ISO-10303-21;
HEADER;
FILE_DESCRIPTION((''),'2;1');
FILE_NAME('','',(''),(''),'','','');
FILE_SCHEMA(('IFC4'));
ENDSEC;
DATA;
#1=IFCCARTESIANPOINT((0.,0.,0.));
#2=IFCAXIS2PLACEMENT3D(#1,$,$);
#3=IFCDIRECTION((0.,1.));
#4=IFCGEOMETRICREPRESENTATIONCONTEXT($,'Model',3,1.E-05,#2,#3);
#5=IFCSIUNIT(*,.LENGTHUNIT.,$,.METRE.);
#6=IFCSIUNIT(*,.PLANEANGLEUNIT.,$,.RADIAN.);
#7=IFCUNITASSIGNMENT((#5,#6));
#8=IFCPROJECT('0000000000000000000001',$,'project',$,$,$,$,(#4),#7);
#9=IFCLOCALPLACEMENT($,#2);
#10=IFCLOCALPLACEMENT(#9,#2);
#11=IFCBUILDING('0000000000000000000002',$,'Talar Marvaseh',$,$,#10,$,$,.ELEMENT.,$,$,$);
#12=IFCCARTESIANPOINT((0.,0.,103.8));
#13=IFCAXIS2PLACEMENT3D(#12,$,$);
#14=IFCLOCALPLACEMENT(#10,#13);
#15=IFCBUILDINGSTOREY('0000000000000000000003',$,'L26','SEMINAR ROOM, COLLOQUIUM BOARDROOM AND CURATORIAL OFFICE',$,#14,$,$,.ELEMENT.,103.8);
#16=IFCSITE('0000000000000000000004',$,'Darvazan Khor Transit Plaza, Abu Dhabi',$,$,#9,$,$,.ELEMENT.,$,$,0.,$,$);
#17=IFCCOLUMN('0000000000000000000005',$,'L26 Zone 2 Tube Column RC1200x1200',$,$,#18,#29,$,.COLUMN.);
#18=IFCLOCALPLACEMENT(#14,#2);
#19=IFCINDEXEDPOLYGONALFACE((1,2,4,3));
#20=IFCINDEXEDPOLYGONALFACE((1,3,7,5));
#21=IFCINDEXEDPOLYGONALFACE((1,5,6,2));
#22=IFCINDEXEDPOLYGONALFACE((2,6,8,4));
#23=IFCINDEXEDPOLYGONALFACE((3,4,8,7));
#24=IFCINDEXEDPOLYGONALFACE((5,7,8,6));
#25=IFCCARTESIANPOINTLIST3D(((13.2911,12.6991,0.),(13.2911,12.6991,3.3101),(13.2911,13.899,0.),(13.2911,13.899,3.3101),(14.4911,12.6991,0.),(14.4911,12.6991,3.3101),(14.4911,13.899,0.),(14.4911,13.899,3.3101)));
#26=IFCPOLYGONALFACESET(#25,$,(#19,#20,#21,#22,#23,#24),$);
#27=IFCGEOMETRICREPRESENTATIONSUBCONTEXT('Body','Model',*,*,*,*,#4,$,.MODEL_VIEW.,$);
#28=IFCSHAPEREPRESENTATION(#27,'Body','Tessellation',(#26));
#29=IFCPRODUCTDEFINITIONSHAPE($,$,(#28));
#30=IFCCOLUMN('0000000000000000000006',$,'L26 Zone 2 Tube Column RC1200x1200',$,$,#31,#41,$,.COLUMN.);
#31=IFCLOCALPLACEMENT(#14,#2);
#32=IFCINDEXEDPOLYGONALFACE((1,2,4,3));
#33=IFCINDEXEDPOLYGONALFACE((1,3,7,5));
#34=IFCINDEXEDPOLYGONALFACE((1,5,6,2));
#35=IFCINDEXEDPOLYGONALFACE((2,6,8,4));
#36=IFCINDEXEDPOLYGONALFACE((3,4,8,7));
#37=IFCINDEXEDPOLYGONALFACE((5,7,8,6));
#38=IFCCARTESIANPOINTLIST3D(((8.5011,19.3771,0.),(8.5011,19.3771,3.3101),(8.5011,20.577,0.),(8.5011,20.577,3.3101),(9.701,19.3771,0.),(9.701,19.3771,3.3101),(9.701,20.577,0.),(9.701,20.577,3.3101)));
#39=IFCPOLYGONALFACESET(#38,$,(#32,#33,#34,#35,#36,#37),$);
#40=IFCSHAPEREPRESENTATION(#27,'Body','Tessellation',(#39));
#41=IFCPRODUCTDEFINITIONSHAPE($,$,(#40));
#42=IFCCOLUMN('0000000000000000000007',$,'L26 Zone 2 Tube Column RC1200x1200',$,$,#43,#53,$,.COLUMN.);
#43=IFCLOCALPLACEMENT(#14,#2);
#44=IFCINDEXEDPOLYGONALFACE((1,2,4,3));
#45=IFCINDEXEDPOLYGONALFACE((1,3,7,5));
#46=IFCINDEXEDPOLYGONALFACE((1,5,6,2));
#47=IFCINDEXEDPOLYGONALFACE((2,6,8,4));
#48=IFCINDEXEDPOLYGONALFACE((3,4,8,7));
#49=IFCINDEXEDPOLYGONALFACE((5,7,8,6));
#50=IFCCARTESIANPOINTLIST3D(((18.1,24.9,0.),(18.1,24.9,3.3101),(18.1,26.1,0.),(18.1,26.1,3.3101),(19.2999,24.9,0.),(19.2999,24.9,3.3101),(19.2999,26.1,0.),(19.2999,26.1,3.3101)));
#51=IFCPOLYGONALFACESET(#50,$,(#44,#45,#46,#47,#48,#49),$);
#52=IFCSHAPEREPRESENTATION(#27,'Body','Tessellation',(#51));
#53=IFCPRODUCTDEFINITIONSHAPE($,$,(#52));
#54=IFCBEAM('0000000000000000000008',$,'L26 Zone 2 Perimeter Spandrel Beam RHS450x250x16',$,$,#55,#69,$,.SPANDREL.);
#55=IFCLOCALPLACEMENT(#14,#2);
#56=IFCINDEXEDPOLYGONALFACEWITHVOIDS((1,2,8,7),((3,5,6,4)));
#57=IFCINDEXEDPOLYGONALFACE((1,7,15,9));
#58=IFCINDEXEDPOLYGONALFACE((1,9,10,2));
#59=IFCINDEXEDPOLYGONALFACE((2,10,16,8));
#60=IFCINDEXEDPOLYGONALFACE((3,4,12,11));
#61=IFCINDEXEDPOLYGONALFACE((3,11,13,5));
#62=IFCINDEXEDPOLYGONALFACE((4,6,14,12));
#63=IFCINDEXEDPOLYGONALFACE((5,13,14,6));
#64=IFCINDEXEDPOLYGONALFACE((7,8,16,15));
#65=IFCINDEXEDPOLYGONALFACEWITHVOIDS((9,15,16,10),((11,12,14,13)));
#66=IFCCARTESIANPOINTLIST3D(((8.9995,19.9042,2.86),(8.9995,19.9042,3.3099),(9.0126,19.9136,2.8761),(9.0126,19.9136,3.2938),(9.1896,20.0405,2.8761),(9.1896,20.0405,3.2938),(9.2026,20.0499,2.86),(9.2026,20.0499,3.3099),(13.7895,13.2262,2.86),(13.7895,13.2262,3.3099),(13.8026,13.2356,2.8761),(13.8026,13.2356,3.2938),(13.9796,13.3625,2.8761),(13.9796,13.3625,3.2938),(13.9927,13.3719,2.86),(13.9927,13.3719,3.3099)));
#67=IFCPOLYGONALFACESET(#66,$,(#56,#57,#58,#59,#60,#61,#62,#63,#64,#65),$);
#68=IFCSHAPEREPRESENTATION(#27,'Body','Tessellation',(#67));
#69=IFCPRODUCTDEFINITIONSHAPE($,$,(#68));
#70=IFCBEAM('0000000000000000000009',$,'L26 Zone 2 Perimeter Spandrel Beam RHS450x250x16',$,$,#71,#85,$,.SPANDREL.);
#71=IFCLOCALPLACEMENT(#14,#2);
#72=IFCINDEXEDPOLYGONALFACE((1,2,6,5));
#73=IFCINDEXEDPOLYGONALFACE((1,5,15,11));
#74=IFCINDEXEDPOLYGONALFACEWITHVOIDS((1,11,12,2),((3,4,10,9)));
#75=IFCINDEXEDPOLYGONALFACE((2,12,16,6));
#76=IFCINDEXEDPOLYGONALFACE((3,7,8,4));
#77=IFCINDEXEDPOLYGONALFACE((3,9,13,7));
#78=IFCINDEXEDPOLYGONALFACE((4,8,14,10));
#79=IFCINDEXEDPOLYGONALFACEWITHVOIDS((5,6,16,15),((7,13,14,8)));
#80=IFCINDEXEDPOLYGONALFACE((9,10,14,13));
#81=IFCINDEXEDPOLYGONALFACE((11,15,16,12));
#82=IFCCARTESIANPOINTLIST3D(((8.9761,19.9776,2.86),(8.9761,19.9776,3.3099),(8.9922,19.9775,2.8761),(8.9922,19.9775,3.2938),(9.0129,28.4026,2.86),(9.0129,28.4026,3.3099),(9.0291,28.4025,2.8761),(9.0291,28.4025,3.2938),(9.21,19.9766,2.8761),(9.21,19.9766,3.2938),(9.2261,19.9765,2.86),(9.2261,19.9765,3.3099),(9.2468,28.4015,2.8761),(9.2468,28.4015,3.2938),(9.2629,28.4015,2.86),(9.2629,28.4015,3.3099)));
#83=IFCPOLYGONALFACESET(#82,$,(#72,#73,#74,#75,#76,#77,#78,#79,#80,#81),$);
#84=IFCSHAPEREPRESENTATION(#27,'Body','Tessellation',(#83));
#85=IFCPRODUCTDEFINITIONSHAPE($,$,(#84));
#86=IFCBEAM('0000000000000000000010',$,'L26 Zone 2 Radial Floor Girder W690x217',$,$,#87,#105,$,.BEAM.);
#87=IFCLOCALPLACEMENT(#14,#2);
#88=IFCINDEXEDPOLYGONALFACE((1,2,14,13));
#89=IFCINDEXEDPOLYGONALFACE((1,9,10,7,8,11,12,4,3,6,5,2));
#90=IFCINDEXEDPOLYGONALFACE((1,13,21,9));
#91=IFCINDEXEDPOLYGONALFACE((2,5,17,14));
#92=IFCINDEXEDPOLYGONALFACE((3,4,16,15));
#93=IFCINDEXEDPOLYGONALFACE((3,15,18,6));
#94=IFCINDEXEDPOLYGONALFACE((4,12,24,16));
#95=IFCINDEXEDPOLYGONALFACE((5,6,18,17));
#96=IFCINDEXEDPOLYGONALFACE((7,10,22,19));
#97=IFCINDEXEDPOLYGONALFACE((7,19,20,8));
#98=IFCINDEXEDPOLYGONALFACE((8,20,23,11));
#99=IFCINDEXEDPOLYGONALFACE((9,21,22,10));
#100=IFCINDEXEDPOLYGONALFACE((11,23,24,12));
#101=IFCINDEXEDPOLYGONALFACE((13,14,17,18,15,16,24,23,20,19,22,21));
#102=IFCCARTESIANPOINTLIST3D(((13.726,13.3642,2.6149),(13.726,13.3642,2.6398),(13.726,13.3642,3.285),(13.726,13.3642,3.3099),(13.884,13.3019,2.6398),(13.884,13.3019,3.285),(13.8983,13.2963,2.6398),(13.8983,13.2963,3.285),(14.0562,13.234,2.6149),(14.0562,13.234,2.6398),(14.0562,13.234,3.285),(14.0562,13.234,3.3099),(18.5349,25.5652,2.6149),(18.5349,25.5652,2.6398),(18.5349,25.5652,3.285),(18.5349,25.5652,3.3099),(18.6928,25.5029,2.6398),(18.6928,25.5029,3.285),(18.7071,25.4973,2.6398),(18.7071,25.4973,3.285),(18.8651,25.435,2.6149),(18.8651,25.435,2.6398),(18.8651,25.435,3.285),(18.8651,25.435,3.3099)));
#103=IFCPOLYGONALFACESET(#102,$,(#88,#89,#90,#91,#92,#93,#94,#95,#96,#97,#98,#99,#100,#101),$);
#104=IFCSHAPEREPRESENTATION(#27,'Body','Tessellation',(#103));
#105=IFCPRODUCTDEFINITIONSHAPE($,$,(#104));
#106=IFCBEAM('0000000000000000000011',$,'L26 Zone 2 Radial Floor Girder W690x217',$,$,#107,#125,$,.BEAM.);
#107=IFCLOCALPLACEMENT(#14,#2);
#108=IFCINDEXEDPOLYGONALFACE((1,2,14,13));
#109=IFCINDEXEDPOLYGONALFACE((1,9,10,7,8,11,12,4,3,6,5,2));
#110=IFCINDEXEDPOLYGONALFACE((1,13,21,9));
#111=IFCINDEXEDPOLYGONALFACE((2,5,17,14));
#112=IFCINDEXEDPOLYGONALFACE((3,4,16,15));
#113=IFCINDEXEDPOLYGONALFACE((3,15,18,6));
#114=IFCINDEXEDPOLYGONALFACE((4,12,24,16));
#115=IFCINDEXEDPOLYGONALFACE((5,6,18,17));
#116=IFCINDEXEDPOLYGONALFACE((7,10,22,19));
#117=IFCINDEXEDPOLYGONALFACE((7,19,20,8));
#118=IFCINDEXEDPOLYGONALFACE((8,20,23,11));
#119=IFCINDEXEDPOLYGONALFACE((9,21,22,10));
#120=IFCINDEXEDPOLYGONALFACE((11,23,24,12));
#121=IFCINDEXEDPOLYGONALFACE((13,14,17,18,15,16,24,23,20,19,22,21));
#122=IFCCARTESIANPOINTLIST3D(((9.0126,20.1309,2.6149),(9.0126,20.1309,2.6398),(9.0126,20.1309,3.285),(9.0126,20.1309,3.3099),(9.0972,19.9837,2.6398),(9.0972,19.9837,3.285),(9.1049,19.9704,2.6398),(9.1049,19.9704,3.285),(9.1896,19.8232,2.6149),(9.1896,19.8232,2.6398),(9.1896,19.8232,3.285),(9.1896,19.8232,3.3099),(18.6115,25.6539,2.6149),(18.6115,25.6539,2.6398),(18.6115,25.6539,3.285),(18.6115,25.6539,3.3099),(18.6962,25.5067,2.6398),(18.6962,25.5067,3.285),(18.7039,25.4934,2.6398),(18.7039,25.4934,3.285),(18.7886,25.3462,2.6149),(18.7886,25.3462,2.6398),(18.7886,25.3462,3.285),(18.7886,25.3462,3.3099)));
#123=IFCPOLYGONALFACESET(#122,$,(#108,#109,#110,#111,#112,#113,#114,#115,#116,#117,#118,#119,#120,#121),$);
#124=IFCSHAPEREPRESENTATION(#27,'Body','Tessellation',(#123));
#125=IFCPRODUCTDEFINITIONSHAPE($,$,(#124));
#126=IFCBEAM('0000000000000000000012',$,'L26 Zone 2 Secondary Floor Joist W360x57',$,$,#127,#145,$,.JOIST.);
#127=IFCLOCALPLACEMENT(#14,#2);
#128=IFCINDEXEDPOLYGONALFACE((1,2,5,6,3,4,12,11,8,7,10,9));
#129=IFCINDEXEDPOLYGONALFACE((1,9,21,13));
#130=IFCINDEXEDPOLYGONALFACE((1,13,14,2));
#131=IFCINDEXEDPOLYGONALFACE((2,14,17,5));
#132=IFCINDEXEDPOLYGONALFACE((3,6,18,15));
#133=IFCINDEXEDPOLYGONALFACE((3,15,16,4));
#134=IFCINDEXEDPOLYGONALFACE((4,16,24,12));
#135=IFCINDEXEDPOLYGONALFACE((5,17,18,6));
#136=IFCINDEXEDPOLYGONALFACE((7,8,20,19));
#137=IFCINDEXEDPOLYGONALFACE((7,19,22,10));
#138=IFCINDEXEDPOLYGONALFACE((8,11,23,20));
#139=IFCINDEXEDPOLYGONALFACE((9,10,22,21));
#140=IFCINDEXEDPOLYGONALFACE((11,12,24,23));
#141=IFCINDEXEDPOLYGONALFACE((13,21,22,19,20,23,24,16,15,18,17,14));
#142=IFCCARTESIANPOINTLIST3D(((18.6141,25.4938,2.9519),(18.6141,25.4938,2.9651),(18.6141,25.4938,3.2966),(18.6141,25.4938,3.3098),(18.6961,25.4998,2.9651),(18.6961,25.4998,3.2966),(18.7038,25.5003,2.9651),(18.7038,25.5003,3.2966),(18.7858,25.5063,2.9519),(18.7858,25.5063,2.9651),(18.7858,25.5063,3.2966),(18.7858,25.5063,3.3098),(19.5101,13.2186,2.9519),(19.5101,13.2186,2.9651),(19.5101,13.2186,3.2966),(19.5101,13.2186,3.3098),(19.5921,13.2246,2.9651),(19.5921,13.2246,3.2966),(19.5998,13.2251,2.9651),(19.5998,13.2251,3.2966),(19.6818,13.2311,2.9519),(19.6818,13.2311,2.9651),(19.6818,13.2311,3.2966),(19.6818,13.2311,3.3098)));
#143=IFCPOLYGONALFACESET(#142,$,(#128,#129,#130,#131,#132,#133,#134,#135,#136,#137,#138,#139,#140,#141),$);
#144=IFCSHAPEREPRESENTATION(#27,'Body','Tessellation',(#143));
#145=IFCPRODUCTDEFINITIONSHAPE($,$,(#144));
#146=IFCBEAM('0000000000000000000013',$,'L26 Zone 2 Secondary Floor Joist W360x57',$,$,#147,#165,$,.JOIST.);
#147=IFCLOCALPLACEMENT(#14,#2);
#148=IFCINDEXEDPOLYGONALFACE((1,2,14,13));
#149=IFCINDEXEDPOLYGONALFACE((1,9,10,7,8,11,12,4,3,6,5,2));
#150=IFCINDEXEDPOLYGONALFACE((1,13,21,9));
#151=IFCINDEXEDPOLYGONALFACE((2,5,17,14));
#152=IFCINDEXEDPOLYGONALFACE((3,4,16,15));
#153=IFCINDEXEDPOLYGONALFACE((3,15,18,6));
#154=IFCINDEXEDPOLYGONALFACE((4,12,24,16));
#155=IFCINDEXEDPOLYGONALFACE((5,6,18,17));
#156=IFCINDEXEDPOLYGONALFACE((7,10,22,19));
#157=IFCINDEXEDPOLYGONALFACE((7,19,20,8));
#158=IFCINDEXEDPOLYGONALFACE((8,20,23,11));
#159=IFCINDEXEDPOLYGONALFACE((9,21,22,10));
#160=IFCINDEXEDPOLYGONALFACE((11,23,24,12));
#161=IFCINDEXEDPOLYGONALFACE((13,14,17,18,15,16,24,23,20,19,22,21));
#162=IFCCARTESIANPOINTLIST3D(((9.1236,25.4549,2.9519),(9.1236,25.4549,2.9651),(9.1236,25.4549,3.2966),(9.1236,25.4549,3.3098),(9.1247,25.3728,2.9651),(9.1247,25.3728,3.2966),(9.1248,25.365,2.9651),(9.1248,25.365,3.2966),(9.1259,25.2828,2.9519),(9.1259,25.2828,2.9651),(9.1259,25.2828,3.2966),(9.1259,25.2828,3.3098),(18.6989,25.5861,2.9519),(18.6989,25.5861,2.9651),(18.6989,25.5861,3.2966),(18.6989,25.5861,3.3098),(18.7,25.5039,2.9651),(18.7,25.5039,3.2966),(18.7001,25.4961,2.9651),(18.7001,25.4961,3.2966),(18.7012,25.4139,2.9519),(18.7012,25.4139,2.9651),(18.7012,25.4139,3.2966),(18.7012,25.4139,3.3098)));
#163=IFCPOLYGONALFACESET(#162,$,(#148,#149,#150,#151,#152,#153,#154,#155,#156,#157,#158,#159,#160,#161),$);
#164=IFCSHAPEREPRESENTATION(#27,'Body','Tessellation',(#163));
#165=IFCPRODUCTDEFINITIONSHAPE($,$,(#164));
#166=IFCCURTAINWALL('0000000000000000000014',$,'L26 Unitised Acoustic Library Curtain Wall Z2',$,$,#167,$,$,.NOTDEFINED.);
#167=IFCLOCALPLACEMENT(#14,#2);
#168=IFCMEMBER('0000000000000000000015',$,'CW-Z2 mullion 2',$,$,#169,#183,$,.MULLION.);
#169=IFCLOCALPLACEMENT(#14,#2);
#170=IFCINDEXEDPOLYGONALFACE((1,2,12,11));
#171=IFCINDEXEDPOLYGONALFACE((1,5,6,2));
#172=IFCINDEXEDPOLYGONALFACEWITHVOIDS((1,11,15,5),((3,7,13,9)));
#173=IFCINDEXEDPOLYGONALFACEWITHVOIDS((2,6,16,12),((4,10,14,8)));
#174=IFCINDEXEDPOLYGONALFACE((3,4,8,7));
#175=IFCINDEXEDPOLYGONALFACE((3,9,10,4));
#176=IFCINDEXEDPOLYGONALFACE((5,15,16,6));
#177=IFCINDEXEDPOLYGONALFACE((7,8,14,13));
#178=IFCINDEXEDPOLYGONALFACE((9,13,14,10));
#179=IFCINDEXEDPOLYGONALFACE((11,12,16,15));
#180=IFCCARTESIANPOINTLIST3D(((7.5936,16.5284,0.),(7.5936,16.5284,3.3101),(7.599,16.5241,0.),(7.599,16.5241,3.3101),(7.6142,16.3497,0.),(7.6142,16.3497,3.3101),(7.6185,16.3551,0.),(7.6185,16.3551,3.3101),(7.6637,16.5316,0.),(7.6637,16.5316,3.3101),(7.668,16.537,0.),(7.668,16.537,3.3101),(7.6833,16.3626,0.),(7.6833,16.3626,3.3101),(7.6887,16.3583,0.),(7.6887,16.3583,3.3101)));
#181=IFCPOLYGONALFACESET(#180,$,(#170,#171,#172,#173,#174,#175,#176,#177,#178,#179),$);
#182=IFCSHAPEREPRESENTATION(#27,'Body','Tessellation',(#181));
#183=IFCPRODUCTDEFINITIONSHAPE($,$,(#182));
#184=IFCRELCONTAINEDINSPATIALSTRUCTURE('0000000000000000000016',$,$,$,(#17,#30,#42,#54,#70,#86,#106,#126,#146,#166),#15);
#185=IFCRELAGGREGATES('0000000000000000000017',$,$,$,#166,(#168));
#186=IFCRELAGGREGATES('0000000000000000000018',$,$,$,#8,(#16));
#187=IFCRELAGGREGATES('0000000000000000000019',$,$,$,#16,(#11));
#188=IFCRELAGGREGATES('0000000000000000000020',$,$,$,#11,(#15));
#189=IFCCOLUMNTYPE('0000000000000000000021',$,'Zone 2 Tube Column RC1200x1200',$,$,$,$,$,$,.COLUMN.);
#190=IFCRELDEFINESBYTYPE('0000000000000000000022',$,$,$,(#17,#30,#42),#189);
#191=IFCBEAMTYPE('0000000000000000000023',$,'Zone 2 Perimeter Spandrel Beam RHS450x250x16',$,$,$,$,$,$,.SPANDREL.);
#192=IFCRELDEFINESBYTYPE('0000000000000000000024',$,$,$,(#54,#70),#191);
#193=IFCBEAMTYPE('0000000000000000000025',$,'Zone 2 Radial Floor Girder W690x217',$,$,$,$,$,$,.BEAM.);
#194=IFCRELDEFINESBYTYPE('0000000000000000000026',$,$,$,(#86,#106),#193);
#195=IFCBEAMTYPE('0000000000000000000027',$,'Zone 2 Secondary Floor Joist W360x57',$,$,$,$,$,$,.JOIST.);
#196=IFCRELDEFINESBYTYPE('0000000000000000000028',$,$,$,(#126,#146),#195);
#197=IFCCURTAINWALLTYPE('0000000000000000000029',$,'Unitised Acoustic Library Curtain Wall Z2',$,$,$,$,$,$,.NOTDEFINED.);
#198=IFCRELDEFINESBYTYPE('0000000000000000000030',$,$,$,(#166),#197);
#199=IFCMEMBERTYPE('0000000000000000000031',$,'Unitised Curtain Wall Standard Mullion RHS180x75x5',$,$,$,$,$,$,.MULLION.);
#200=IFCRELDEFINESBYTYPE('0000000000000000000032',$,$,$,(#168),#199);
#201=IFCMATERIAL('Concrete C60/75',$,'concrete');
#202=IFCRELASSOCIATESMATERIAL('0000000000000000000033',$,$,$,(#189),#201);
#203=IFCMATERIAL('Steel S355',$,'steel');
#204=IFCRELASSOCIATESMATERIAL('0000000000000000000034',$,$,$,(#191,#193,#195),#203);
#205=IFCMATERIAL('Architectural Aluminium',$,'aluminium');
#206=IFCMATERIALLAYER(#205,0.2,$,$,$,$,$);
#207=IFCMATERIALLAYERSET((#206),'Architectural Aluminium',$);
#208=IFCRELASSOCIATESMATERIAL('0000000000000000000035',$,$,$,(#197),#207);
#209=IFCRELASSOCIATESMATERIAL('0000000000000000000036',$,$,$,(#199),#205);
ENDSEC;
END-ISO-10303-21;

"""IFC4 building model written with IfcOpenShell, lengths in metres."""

from ifc_helpers import new_model, si_unit, direction, frame, origin, origin_2d, place, context, subcontext, project, spatial, rectangle, hollow_rectangle, i_section, extrude, source, transform, mapped, material, layer, layer_set, material_profile, profile_set, type_object, type_shapes, element, aggregate, save


model = new_model("IFC4")

# Units and contexts
model_context = context("Model", 3, precision=1e-05, world=origin(), true_north=direction((0.0, 1.0)))
body_context = subcontext(model_context, "Body", "Model", "MODEL_VIEW")
ifc_project = project(units=[si_unit("LENGTHUNIT", "METRE"), si_unit("PLANEANGLEUNIT", "RADIAN")], contexts=[model_context])

# Site, building, storey
site_placement = place(None, origin())
site = spatial("IfcSite", under=ifc_project, at=site_placement, Name="Darvazan Khor Transit Plaza, Abu Dhabi", CompositionType="ELEMENT", RefElevation=0.0)
building_placement = place(site_placement, origin())
building = spatial("IfcBuilding", under=site, at=building_placement, Name="Talar Marvaseh", CompositionType="ELEMENT")
storey_placement = place(building_placement, frame((0.0, 0.0, 103.8)))
storey = spatial("IfcBuildingStorey", under=building, at=storey_placement, Name="L26", Description="SEMINAR ROOM, COLLOQUIUM BOARDROOM AND CURATORIAL OFFICE", CompositionType="ELEMENT", Elevation=103.8)

# Columns
ifc_material_1 = material(Name="Concrete C60/75", Category="concrete")
ifc_material_profile_1 = material_profile(ifc_material_1, rectangle(XDim=1.2, YDim=1.2, at=origin_2d()), Name="RC1200x1200")
ifc_profile_set_1 = profile_set([ifc_material_profile_1], Name="Concrete C60/75")
column_type = type_object("IfcColumnType", Name="Zone 2 Tube Column RC1200x1200", PredefinedType="COLUMN", material=ifc_profile_set_1)
for number, where, z_axis, x_axis, name in (
    (1, (13.8911, 13.2991, 0.0), (0.0, 0.0, 1.0), (1.0, 0.0, 0.0), "L26 Zone 2 Tube Column RC1200x1200"),
    (2, (9.1011, 19.9771, 0.0), (0.0, 0.0, 1.0), (1.0, 0.0, 0.0), "L26 Zone 2 Tube Column RC1200x1200"),
    (3, (18.7, 25.5, 0.0), (0.0, 0.0, 1.0), (1.0, 0.0, 0.0), "L26 Zone 2 Tube Column RC1200x1200"),
):
    element("IfcColumn", number, at=place(storey_placement, frame(where, z_axis=z_axis, x_axis=x_axis)), inside=storey, type_object=column_type, Name=name, PredefinedType="COLUMN", context=body_context, shape_type="SweptSolid", body=[
        extrude(rectangle(XDim=1.2, YDim=1.2, at=origin_2d()), origin(), (0.0, 0.0, 1.0), 3.3101),
    ])

# Beams
ifc_material_2 = material(Name="Steel S355", Category="steel")
ifc_material_profile_2 = material_profile(ifc_material_2, hollow_rectangle(XDim=0.25, YDim=0.45, WallThickness=0.0161, at=origin_2d()), Name="RHS450x250x16")
ifc_profile_set_2 = profile_set([ifc_material_profile_2], Name="Steel S355")
beam_type_1 = type_object("IfcBeamType", Name="Zone 2 Perimeter Spandrel Beam RHS450x250x16", PredefinedType="SPANDREL", material=ifc_profile_set_2)
beam_1_placement = place(storey_placement, frame((13.8911, 13.2991, 3.085), z_axis=(-0.582853, 0.812578, 0.0), x_axis=(-0.812578, -0.582853, 0.0)))
element("IfcBeam", 4, at=beam_1_placement, inside=storey, type_object=beam_type_1, Name="L26 Zone 2 Perimeter Spandrel Beam RHS450x250x16", PredefinedType="SPANDREL", context=body_context, shape_type="SweptSolid", body=[
    extrude(hollow_rectangle(XDim=0.25, YDim=0.45, WallThickness=0.0161, at=origin_2d()), origin(), (0.0, 0.0, 1.0), 8.2183),
])
beam_2_placement = place(storey_placement, frame((9.1011, 19.9771, 3.085), z_axis=(0.004376, 0.99999, 0.0), x_axis=(-0.99999, 0.004376, 0.0)))
element("IfcBeam", 5, at=beam_2_placement, inside=storey, type_object=beam_type_1, Name="L26 Zone 2 Perimeter Spandrel Beam RHS450x250x16", PredefinedType="SPANDREL", context=body_context, shape_type="SweptSolid", body=[
    extrude(hollow_rectangle(XDim=0.25, YDim=0.45, WallThickness=0.0161, at=origin_2d()), origin(), (0.0, 0.0, 1.0), 8.425),
])
ifc_material_profile_3 = material_profile(ifc_material_2, i_section(OverallWidth=0.355, OverallDepth=0.6951, WebThickness=0.0154, FlangeThickness=0.0249, at=origin_2d()), Name="W690x217")
ifc_profile_set_3 = profile_set([ifc_material_profile_3], Name="Steel S355")
beam_type_2 = type_object("IfcBeamType", Name="Zone 2 Radial Floor Girder W690x217", PredefinedType="BEAM", material=ifc_profile_set_3)
beam_3_placement = place(storey_placement, frame((13.8911, 13.2991, 2.9624), z_axis=(0.366684, 0.930346, 0.0), x_axis=(-0.930346, 0.366684, 0.0)))
element("IfcBeam", 6, at=beam_3_placement, inside=storey, type_object=beam_type_2, Name="L26 Zone 2 Radial Floor Girder W690x217", PredefinedType="BEAM", context=body_context, shape_type="SweptSolid", body=[
    extrude(i_section(OverallWidth=0.355, OverallDepth=0.6951, WebThickness=0.0154, FlangeThickness=0.0249, at=origin_2d()), origin(), (0.0, 0.0, 1.0), 13.1145),
])
beam_4_placement = place(storey_placement, frame((9.1011, 19.9771, 2.9624), z_axis=(0.866766, 0.498715, 0.0), x_axis=(-0.498715, 0.866766, 0.0)))
element("IfcBeam", 7, at=beam_4_placement, inside=storey, type_object=beam_type_2, Name="L26 Zone 2 Radial Floor Girder W690x217", PredefinedType="BEAM", context=body_context, shape_type="SweptSolid", body=[
    extrude(i_section(OverallWidth=0.355, OverallDepth=0.6951, WebThickness=0.0154, FlangeThickness=0.0249, at=origin_2d()), origin(), (0.0, 0.0, 1.0), 11.0745),
])
ifc_material_profile_4 = material_profile(ifc_material_2, i_section(OverallWidth=0.1721, OverallDepth=0.3579, WebThickness=0.0078, FlangeThickness=0.0132, at=origin_2d()), Name="W360x57")
ifc_profile_set_4 = profile_set([ifc_material_profile_4], Name="Steel S355")
beam_type_3 = type_object("IfcBeamType", Name="Zone 2 Secondary Floor Joist W360x57", PredefinedType="JOIST", material=ifc_profile_set_4)
beam_5_placement = place(storey_placement, frame((19.5959, 13.2249, 3.1309), z_axis=(-0.072799, 0.997347, 0.0), x_axis=(-0.997347, -0.072799, 0.0)))
element("IfcBeam", 8, at=beam_5_placement, inside=storey, type_object=beam_type_3, Name="L26 Zone 2 Secondary Floor Joist W360x57", PredefinedType="JOIST", context=body_context, shape_type="SweptSolid", body=[
    extrude(i_section(OverallWidth=0.1721, OverallDepth=0.3579, WebThickness=0.0078, FlangeThickness=0.0132, at=origin_2d()), origin(), (0.0, 0.0, 1.0), 12.3079),
])
beam_6_placement = place(storey_placement, frame((9.1248, 25.3689, 3.1309), z_axis=(0.999906, 0.013691, 0.0), x_axis=(-0.013691, 0.999906, 0.0)))
element("IfcBeam", 9, at=beam_6_placement, inside=storey, type_object=beam_type_3, Name="L26 Zone 2 Secondary Floor Joist W360x57", PredefinedType="JOIST", context=body_context, shape_type="SweptSolid", body=[
    extrude(i_section(OverallWidth=0.1721, OverallDepth=0.3579, WebThickness=0.0078, FlangeThickness=0.0132, at=origin_2d()), origin(), (0.0, 0.0, 1.0), 9.5762),
])

# Curtain wall, member
ifc_material_3 = material(Name="Architectural Aluminium", Category="aluminium")
ifc_layer_1 = layer(ifc_material_3, 0.2)
ifc_layer_set_1 = layer_set([ifc_layer_1], Name="Architectural Aluminium")
curtain_wall_type = type_object("IfcCurtainWallType", Name="Unitised Acoustic Library Curtain Wall Z2", PredefinedType="NOTDEFINED", material=ifc_layer_set_1)
curtain_wall_placement = place(storey_placement, origin())
curtain_wall = element("IfcCurtainWall", 10, at=curtain_wall_placement, inside=storey, type_object=curtain_wall_type, Name="L26 Unitised Acoustic Library Curtain Wall Z2", PredefinedType="NOTDEFINED")
ifc_material_profile_5 = material_profile(ifc_material_3, hollow_rectangle(XDim=0.075, YDim=0.1799, WallThickness=0.0049, at=origin_2d()), Name="RHS180x75x5")
ifc_profile_set_5 = profile_set([ifc_material_profile_5], Name="Architectural Aluminium")
member_type_1 = type_object("IfcMemberType", Name="Unitised Curtain Wall Standard Mullion RHS180x75x5", PredefinedType="MULLION", material=ifc_profile_set_5)
shared_shape_1 = source(origin(), body_context, "Body", "SweptSolid", [
    extrude(hollow_rectangle(XDim=0.075, YDim=0.1799, WallThickness=0.0049, at=origin_2d()), origin(), (0.0, 0.0, 1.0), 3.3101),
])
type_shapes(member_type_1, [shared_shape_1])
member_1_placement = place(storey_placement, frame((7.6411, 16.4434, 0.0), z_axis=(0.0, 0.0, 1.0), x_axis=(-0.993381, -0.11487, 0.0)))
member_1 = element("IfcMember", 11, at=member_1_placement, type_object=member_type_1, Name="CW-Z2 mullion 2", PredefinedType="MULLION", context=body_context, shape_type="MappedRepresentation", body=[
    mapped(shared_shape_1, transform((0.0, 0.0, 0.0), x_axis=(1.0, 0.0, 0.0), y_axis=(0.0, 1.0, 0.0), z_axis=(0.0, 0.0, 1.0), scale=1.0)),
])
aggregate(curtain_wall, [member_1])

save(model, "model.ifc")
